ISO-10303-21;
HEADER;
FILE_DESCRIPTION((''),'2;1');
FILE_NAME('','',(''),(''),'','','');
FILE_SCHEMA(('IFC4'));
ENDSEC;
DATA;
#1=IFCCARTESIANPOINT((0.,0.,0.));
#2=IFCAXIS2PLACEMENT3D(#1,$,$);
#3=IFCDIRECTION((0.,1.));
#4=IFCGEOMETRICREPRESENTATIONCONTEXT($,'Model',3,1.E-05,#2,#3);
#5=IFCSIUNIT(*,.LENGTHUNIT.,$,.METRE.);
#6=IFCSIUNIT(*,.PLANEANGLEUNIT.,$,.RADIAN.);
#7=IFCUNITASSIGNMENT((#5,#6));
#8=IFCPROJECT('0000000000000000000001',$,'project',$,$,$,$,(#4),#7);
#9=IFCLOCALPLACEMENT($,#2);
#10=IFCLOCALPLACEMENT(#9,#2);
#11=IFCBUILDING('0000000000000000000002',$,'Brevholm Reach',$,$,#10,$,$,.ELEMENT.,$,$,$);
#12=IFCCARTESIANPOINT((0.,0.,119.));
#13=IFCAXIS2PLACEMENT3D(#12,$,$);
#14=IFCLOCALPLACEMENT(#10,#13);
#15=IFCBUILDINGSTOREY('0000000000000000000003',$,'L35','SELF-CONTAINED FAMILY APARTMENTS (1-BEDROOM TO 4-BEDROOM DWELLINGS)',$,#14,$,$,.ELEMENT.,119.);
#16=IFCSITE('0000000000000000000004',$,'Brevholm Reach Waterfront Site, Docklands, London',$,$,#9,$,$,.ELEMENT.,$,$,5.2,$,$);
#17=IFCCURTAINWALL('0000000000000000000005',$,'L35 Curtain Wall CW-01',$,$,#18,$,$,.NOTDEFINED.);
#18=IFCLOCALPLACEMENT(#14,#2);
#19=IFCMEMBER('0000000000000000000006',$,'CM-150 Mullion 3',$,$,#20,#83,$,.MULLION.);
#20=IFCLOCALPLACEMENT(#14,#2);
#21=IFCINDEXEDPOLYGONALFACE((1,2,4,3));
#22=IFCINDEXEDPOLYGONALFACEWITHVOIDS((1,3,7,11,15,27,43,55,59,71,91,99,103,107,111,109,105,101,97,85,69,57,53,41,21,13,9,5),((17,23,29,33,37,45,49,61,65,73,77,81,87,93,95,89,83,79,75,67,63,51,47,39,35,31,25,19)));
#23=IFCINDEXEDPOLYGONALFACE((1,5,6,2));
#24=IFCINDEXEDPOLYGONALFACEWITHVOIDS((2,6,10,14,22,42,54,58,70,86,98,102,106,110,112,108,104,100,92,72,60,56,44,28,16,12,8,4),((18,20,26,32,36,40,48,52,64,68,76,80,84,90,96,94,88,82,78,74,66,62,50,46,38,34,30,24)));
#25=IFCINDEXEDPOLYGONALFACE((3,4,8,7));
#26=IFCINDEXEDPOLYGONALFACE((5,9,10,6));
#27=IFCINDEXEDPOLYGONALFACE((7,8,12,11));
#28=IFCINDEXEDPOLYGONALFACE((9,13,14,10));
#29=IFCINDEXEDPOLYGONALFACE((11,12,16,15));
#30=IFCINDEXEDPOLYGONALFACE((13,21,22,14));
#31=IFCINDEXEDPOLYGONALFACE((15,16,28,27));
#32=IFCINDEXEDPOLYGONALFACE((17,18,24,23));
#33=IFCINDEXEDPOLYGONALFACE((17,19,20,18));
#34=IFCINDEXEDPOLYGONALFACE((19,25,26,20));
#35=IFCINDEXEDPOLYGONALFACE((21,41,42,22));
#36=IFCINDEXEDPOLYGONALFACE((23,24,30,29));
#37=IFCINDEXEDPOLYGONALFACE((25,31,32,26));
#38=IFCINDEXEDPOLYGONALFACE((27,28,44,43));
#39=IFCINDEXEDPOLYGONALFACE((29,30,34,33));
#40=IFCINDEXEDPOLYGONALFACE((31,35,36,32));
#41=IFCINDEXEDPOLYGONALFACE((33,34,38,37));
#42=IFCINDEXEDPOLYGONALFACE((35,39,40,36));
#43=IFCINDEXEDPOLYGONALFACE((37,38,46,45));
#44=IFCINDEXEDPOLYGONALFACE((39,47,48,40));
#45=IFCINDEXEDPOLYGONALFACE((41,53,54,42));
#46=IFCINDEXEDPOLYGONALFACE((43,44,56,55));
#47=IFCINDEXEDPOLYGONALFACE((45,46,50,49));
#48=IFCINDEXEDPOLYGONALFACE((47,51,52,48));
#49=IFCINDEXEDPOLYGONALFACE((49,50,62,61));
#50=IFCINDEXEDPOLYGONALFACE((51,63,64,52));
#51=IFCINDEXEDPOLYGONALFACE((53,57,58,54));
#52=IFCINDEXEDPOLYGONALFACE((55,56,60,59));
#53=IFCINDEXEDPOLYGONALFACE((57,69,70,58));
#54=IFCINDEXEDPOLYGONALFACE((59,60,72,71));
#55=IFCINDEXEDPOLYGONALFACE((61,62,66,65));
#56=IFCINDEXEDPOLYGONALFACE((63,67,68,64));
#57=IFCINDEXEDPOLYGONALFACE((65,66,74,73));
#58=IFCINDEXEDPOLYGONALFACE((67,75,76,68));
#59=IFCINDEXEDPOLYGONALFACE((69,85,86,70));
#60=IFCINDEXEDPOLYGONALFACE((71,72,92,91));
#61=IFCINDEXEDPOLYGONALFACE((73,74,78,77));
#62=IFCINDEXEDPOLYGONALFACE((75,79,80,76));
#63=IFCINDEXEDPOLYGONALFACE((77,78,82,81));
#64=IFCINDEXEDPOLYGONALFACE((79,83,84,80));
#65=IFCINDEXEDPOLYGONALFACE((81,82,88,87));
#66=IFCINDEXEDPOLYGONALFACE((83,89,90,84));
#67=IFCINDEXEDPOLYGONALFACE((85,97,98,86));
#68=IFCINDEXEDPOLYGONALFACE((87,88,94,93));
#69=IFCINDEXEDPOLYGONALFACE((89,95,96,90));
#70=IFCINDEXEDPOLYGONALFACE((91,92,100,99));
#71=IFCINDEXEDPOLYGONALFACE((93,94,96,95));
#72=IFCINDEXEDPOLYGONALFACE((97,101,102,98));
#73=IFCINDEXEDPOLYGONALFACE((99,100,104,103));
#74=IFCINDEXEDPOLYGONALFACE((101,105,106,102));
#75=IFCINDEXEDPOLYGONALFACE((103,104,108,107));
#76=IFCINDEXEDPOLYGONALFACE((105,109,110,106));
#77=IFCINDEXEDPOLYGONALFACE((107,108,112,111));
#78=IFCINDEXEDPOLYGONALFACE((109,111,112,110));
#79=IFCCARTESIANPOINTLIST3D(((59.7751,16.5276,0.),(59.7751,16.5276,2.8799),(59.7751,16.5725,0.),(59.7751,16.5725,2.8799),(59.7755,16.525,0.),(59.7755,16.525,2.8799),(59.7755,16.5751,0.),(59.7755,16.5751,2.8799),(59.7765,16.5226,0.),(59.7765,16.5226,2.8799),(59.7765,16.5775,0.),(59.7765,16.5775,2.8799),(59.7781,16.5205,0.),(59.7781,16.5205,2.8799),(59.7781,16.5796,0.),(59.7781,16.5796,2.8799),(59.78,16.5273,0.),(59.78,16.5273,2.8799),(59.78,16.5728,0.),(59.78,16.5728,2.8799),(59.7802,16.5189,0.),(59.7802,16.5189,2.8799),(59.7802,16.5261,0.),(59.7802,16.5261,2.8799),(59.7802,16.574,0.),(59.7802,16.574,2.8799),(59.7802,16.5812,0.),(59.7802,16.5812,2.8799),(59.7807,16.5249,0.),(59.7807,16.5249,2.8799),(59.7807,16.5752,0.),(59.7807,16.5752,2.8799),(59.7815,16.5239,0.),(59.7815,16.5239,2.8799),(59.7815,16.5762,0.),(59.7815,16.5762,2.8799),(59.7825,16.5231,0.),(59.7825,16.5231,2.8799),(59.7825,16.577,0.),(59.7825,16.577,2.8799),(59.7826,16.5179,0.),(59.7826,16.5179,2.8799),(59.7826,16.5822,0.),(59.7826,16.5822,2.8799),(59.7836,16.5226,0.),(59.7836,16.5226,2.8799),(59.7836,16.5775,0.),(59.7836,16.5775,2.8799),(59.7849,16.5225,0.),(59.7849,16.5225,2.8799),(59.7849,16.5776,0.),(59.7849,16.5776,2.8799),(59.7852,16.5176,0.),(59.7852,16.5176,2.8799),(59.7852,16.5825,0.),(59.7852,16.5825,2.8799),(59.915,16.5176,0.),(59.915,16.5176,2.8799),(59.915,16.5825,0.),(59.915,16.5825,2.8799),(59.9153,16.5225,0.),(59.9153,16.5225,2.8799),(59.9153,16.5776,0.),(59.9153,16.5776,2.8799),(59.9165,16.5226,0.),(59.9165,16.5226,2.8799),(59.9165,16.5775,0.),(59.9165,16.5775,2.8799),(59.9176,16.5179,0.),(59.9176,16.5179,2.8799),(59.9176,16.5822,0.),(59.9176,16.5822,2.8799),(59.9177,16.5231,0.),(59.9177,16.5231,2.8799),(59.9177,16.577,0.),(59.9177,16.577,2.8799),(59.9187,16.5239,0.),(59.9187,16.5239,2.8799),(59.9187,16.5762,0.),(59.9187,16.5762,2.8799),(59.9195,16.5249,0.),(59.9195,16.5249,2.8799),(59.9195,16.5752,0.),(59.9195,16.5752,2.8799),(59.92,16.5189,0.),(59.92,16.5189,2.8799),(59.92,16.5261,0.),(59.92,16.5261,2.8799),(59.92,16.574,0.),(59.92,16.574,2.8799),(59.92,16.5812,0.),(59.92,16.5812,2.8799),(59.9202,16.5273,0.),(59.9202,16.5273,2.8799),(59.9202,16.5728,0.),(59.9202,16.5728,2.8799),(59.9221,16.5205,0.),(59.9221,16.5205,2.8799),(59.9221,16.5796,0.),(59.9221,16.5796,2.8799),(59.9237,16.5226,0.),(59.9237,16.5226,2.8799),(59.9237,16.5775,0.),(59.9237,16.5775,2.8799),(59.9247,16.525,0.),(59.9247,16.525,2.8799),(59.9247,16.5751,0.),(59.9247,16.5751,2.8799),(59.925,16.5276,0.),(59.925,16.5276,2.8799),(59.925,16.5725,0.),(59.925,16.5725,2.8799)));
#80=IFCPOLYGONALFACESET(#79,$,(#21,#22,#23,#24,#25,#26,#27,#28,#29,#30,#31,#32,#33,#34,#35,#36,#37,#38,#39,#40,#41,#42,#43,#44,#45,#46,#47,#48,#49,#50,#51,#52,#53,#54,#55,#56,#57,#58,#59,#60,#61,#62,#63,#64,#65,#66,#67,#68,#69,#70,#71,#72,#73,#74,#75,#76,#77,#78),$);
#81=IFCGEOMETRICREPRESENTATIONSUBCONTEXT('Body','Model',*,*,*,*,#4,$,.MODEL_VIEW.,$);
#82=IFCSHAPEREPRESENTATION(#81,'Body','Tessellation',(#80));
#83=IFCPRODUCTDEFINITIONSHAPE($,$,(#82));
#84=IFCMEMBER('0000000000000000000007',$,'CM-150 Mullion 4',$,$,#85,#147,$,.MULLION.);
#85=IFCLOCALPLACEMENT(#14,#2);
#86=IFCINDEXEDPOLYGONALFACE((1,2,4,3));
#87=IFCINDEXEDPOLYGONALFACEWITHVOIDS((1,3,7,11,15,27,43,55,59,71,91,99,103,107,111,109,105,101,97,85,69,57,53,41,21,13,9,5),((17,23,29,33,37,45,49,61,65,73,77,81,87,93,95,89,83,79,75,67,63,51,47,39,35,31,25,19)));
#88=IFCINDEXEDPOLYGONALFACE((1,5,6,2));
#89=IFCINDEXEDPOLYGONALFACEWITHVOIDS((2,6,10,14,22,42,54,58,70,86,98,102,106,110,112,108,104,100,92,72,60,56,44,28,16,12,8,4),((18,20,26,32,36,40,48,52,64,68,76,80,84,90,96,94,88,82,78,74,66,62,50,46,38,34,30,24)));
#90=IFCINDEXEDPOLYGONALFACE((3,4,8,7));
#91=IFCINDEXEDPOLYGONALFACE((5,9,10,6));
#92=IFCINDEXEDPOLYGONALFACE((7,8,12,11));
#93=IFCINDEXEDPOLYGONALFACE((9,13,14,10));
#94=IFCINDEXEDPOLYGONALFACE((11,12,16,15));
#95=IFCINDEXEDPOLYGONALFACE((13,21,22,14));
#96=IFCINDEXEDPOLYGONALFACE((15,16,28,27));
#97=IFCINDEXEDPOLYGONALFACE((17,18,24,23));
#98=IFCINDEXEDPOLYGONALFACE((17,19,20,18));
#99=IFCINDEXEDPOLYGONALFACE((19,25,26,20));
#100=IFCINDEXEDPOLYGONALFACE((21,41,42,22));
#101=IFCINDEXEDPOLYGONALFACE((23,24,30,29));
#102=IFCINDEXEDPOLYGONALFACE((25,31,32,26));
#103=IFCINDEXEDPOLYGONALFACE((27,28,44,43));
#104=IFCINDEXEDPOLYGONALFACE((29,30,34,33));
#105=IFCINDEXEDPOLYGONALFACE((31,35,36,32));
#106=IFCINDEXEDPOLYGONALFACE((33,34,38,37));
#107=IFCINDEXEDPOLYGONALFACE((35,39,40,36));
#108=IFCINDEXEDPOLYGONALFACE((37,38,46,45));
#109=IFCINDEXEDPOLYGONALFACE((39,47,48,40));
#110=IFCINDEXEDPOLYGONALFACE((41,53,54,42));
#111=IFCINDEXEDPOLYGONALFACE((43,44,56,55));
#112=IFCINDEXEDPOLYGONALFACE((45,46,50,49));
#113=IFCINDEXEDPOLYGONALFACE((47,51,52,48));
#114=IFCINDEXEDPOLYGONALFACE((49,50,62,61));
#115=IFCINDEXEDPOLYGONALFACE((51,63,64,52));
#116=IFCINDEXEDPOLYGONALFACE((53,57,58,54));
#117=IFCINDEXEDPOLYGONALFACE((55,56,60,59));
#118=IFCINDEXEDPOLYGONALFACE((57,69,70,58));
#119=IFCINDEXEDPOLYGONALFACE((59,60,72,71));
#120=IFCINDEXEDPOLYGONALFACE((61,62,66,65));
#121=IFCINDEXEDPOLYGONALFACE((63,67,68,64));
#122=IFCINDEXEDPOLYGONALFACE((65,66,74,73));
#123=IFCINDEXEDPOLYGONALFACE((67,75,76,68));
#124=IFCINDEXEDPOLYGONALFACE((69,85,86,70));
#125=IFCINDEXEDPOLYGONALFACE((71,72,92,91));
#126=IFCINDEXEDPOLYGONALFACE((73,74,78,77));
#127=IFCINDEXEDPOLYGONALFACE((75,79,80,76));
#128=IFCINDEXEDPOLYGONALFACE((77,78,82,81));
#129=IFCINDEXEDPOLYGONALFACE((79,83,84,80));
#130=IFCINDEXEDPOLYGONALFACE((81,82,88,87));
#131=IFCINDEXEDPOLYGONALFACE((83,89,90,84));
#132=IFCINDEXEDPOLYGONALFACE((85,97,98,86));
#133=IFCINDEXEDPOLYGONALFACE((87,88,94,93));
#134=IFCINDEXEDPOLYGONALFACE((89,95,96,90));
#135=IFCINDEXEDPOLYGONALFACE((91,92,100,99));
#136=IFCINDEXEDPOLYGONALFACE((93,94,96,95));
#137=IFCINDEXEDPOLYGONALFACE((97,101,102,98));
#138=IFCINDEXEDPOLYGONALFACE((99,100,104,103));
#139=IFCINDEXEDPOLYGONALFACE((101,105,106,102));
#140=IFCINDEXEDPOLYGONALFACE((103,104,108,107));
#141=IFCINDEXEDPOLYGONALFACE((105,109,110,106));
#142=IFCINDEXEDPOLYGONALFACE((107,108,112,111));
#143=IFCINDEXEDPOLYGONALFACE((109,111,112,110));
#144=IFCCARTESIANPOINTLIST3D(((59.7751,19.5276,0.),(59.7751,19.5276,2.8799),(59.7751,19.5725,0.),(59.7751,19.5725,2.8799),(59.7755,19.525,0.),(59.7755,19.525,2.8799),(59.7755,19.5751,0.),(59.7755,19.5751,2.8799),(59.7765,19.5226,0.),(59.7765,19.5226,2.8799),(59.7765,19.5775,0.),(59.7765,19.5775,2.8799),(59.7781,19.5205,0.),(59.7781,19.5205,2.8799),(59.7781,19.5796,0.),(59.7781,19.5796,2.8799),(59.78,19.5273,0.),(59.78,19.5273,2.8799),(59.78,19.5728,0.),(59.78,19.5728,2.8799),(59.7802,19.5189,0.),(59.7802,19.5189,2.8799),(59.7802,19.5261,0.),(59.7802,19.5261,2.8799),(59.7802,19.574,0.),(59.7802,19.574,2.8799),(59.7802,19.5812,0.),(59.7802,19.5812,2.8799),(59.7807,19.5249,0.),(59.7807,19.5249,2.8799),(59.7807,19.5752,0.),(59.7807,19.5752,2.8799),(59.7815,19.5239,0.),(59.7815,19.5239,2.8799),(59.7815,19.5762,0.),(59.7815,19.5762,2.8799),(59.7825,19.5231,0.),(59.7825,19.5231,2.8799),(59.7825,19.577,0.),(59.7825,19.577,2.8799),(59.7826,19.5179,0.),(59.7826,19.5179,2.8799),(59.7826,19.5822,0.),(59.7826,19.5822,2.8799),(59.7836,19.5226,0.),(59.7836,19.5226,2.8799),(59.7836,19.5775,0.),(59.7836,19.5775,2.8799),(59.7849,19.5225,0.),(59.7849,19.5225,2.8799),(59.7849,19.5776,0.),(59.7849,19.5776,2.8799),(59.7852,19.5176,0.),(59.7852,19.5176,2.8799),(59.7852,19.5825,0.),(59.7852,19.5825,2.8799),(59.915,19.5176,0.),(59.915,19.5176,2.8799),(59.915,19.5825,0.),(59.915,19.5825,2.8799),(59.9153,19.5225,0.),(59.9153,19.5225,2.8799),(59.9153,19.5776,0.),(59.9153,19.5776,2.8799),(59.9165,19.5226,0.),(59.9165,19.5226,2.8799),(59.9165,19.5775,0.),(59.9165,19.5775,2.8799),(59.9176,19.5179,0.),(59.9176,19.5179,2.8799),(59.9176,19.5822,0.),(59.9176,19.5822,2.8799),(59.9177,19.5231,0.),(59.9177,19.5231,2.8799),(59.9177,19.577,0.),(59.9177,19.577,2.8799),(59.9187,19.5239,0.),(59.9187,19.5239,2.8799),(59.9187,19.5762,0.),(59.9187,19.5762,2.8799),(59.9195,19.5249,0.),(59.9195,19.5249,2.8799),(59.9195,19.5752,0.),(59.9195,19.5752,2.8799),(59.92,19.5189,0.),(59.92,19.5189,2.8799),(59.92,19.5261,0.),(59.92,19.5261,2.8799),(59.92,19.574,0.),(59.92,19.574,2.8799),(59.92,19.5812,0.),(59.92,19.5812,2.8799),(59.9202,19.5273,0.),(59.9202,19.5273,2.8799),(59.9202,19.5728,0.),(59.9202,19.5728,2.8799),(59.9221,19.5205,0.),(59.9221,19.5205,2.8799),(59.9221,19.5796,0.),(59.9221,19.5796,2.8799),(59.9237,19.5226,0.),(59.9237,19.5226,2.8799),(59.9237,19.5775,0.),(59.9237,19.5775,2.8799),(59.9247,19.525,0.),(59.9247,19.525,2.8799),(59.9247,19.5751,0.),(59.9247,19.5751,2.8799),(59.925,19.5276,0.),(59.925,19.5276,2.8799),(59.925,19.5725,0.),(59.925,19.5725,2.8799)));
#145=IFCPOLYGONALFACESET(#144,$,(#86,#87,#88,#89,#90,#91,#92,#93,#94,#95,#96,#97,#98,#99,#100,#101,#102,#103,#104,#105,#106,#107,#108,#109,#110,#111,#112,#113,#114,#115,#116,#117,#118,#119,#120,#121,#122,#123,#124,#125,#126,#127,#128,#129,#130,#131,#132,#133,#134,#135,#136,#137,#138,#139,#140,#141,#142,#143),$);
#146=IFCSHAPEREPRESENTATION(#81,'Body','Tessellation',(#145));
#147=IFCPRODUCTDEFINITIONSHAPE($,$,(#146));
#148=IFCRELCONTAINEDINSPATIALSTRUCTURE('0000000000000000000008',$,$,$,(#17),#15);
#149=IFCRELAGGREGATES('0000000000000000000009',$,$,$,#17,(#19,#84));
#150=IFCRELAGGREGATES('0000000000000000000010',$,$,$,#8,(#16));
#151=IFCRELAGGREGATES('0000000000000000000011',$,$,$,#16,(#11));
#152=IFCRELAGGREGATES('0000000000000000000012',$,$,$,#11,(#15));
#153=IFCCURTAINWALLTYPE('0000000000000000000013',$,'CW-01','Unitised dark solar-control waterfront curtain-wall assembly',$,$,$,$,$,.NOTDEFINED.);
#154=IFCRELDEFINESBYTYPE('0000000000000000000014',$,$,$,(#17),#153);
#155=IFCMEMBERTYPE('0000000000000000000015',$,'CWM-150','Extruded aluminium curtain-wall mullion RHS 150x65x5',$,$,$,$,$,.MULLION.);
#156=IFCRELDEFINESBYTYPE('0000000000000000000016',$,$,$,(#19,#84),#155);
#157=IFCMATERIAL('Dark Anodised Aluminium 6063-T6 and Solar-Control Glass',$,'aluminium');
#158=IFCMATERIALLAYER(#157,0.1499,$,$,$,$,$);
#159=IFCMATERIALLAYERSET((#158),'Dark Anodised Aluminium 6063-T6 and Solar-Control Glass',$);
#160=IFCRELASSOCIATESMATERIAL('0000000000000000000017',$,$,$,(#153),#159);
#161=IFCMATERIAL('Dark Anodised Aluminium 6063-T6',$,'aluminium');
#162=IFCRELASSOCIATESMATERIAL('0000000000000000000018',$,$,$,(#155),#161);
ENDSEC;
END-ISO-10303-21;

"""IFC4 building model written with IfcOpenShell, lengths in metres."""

from ifc_helpers import new_model, si_unit, direction, frame, origin, origin_2d, place, context, subcontext, project, spatial, hollow_rectangle, extrude, material, layer, layer_set, material_profile, profile_set, type_object, element, aggregate, save


model = new_model("IFC4")

# Units and contexts
model_context = context("Model", 3, precision=1e-05, world=origin(), true_north=direction((0.0, 1.0)))
body_context = subcontext(model_context, "Body", "Model", "MODEL_VIEW")
ifc_project = project(units=[si_unit("LENGTHUNIT", "METRE"), si_unit("PLANEANGLEUNIT", "RADIAN")], contexts=[model_context])

# Site, building, storey
site_placement = place(None, origin())
site = spatial("IfcSite", under=ifc_project, at=site_placement, Name="Brevholm Reach Waterfront Site, Docklands, London", CompositionType="ELEMENT", RefElevation=5.2)
building_placement = place(site_placement, origin())
building = spatial("IfcBuilding", under=site, at=building_placement, Name="Brevholm Reach", CompositionType="ELEMENT")
storey_placement = place(building_placement, frame((0.0, 0.0, 119.0)))
storey = spatial("IfcBuildingStorey", under=building, at=storey_placement, Name="L35", Description="SELF-CONTAINED FAMILY APARTMENTS (1-BEDROOM TO 4-BEDROOM DWELLINGS)", CompositionType="ELEMENT", Elevation=119.0)

# Curtain wall, members
ifc_material_1 = material(Name="Dark Anodised Aluminium 6063-T6 and Solar-Control Glass", Category="aluminium")
ifc_layer_1 = layer(ifc_material_1, 0.1499)
ifc_layer_set_1 = layer_set([ifc_layer_1], Name="Dark Anodised Aluminium 6063-T6 and Solar-Control Glass")
curtain_wall_type = type_object("IfcCurtainWallType", Name="CW-01", Description="Unitised dark solar-control waterfront curtain-wall assembly", PredefinedType="NOTDEFINED", material=ifc_layer_set_1)
curtain_wall_placement = place(storey_placement, origin())
curtain_wall = element("IfcCurtainWall", 1, at=curtain_wall_placement, inside=storey, type_object=curtain_wall_type, Name="L35 Curtain Wall CW-01", PredefinedType="NOTDEFINED")
ifc_material_2 = material(Name="Dark Anodised Aluminium 6063-T6", Category="aluminium")
ifc_material_profile_1 = material_profile(ifc_material_2, hollow_rectangle(XDim=0.0649, YDim=0.1499, WallThickness=0.0049, InnerFilletRadius=0.0049, OuterFilletRadius=0.01, at=origin_2d()), Name="RHS 150x65x5")
ifc_profile_set_1 = profile_set([ifc_material_profile_1], Name="Dark Anodised Aluminium 6063-T6")
member_type_1 = type_object("IfcMemberType", Name="CWM-150", Description="Extruded aluminium curtain-wall mullion RHS 150x65x5", PredefinedType="MULLION", material=ifc_profile_set_1)
member_1_placement = place(storey_placement, frame((59.8501, 16.55, 0.0), z_axis=(0.0, 0.0, 1.0), x_axis=(0.0, 1.0, 0.0)))
member_1 = element("IfcMember", 2, at=member_1_placement, type_object=member_type_1, Name="CM-150 Mullion 3", PredefinedType="MULLION", context=body_context, shape_type="SweptSolid", body=[
    extrude(hollow_rectangle(XDim=0.0649, YDim=0.1499, WallThickness=0.0049, InnerFilletRadius=0.0049, OuterFilletRadius=0.01, at=origin_2d()), origin(), (0.0, 0.0, 1.0), 2.8799),
])
member_2_placement = place(storey_placement, frame((59.8501, 19.55, 0.0), z_axis=(0.0, 0.0, 1.0), x_axis=(0.0, 1.0, 0.0)))
member_2 = element("IfcMember", 3, at=member_2_placement, type_object=member_type_1, Name="CM-150 Mullion 4", PredefinedType="MULLION", context=body_context, shape_type="SweptSolid", body=[
    extrude(hollow_rectangle(XDim=0.0649, YDim=0.1499, WallThickness=0.0049, InnerFilletRadius=0.0049, OuterFilletRadius=0.01, at=origin_2d()), origin(), (0.0, 0.0, 1.0), 2.8799),
])
aggregate(curtain_wall, [member_1, member_2])

save(model, "model.ifc")
